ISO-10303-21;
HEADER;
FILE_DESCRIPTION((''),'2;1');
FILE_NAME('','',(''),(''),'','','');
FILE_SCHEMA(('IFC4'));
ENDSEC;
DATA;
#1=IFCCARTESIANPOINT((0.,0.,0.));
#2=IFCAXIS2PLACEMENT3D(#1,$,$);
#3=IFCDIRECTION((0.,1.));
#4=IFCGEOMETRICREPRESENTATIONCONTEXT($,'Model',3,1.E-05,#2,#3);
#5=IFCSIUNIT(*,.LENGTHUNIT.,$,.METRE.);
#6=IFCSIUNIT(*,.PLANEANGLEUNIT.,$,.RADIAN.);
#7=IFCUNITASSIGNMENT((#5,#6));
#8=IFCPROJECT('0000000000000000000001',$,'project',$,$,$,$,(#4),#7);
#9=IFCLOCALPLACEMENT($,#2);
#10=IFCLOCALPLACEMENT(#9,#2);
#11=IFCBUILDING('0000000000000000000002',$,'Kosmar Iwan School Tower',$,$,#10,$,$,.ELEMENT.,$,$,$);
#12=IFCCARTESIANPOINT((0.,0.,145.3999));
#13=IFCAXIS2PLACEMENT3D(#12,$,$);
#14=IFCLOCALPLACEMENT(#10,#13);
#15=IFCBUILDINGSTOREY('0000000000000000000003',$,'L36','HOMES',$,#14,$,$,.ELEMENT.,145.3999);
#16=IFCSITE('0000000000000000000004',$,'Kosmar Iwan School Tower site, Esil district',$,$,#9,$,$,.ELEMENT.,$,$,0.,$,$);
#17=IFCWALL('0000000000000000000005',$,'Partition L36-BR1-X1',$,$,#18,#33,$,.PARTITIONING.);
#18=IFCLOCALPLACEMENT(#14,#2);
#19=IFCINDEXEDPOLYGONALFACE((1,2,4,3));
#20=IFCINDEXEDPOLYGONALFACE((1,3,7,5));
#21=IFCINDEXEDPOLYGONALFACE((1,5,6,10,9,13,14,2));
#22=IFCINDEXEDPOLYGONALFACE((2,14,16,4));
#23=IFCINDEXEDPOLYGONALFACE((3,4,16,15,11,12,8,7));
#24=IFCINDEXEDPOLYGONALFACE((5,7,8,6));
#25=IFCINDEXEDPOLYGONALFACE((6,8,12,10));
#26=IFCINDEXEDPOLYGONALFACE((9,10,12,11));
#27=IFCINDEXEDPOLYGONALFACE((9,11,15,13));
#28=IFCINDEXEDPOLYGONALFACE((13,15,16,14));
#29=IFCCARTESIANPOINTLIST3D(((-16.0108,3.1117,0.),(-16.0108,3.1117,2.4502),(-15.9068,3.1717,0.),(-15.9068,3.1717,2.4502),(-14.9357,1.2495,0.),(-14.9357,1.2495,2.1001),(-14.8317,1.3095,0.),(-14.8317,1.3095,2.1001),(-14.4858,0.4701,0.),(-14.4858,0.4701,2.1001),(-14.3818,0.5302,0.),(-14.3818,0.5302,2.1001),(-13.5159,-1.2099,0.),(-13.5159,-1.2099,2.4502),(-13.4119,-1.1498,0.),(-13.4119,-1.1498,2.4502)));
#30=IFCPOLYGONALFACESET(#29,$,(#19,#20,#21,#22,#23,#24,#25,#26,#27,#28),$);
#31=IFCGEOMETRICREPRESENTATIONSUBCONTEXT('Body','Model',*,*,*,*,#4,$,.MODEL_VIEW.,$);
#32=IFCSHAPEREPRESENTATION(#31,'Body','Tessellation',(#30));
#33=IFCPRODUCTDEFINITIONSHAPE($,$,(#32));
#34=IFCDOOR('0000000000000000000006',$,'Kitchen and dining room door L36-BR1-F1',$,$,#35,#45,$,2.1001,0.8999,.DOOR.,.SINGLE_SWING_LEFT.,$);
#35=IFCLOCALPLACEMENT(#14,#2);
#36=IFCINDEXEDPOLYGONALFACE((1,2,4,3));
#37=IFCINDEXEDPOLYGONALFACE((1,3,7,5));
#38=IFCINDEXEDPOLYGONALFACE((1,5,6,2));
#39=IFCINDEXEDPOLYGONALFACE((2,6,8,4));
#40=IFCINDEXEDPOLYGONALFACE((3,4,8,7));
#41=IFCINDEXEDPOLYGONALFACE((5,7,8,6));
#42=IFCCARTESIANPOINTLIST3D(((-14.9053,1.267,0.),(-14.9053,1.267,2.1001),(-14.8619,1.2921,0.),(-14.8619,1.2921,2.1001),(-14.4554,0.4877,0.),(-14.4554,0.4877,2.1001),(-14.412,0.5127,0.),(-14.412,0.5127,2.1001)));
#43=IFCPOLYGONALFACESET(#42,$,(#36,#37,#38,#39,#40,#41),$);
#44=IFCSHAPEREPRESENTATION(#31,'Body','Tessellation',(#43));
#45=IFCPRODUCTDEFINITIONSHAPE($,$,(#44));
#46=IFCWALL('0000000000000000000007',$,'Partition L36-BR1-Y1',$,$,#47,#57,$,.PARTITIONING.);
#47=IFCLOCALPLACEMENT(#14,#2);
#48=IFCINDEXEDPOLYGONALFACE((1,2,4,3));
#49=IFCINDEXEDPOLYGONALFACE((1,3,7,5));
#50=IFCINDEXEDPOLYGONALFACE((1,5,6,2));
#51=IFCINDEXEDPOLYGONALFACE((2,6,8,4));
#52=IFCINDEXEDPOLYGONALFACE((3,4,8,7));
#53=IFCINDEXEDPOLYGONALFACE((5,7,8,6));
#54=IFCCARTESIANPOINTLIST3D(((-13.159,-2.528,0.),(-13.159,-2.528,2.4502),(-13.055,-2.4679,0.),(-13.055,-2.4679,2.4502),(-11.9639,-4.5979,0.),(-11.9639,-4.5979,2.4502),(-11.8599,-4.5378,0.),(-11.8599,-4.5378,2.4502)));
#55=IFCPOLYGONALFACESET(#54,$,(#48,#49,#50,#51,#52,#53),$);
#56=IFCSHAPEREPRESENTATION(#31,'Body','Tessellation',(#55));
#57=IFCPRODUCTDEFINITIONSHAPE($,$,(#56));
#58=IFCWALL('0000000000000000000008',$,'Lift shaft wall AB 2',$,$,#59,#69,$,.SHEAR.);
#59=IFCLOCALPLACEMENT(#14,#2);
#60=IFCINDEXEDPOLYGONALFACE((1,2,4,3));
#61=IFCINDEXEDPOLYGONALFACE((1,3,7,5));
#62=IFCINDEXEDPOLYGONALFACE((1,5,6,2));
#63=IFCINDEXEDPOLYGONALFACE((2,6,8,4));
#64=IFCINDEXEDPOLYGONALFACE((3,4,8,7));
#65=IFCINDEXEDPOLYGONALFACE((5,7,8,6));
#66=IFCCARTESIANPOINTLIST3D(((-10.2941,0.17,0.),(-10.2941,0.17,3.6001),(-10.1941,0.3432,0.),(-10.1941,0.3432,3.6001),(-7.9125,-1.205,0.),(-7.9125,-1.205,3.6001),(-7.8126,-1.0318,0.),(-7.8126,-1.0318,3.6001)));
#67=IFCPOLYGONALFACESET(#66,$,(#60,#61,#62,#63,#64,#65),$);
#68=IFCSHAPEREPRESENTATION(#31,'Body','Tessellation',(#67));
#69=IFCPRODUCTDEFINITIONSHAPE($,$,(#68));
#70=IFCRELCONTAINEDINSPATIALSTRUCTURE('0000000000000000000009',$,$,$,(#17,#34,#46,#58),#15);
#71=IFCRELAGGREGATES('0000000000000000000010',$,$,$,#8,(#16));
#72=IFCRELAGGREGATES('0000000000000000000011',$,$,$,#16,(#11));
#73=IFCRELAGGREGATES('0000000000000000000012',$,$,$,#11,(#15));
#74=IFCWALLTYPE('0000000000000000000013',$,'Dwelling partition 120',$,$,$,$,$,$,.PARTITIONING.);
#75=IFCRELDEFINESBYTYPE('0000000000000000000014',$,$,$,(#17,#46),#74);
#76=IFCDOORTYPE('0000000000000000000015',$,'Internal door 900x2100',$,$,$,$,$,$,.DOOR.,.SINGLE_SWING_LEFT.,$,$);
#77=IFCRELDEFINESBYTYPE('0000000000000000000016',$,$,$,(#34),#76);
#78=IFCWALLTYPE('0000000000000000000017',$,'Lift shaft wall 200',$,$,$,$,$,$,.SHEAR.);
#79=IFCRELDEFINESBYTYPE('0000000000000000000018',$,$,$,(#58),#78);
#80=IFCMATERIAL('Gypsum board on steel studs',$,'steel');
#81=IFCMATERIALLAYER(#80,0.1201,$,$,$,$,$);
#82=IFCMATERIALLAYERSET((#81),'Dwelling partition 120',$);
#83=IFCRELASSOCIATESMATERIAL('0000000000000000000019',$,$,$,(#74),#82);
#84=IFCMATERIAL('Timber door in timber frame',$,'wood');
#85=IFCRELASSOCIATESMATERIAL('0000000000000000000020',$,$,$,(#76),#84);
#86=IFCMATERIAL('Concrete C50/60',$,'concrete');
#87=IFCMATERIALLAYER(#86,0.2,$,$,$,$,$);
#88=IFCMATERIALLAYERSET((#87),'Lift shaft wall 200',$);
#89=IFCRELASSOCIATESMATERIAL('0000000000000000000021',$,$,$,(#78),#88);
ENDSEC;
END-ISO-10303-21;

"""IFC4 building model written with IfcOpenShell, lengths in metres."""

from ifc_helpers import new_model, si_unit, direction, frame, frame_2d, origin, place, context, subcontext, project, spatial, rectangle, extrude, material, layer, layer_set, type_object, element, fill, save


model = new_model("IFC4")

# Units and contexts
model_context = context("Model", 3, precision=1e-05, world=origin(), true_north=direction((0.0, 1.0)))
body_context = subcontext(model_context, "Body", "Model", "MODEL_VIEW")
ifc_project = project(units=[si_unit("LENGTHUNIT", "METRE"), si_unit("PLANEANGLEUNIT", "RADIAN")], contexts=[model_context])

# Site, building, storey
site_placement = place(None, origin())
site = spatial("IfcSite", under=ifc_project, at=site_placement, Name="Kosmar Iwan School Tower site, Esil district", CompositionType="ELEMENT", RefElevation=0.0)
building_placement = place(site_placement, origin())
building = spatial("IfcBuilding", under=site, at=building_placement, Name="Kosmar Iwan School Tower", CompositionType="ELEMENT")
storey_placement = place(building_placement, frame((0.0, 0.0, 145.3999)))
storey = spatial("IfcBuildingStorey", under=building, at=storey_placement, Name="L36", Description="HOMES", CompositionType="ELEMENT", Elevation=145.3999)

# Shared definitions
ifc_material_1 = material(Name="Gypsum board on steel studs", Category="steel")
ifc_layer_1 = layer(ifc_material_1, 0.1201)
ifc_layer_set_1 = layer_set([ifc_layer_1], Name="Dwelling partition 120")
wall_type_1 = type_object("IfcWallType", Name="Dwelling partition 120", PredefinedType="PARTITIONING", material=ifc_layer_set_1)
ifc_material_2 = material(Name="Timber door in timber frame", Category="wood")
door_type_1 = type_object("IfcDoorType", Name="Internal door 900x2100", OperationType="SINGLE_SWING_LEFT", PredefinedType="DOOR", material=ifc_material_2)

# Wall, opening, door
wall_1_placement = place(storey_placement, frame((-13.4639, -1.1799, 0.0), z_axis=(0.0, 0.0, 1.0), x_axis=(-0.499975, 0.86604, 0.0)))
wall_1 = element("IfcWall", 1, at=wall_1_placement, inside=storey, type_object=wall_type_1, Name="Partition L36-BR1-X1", PredefinedType="PARTITIONING", context=body_context, shape_type="SweptSolid", body=[
    extrude(rectangle(XDim=4.99, YDim=0.1201, at=frame_2d((2.4951, 0.0))), origin(), (0.0, 0.0, 1.0), 2.4502),
])
opening_1_placement = place(wall_1_placement, frame((1.9399, 0.0, 0.0)))
opening_1 = element("IfcOpeningElement", 2, at=opening_1_placement, cuts=wall_1, PredefinedType="OPENING", context=body_context, shape_type="SweptSolid", body=[
    extrude(rectangle(XDim=0.8999, YDim=2.1001, at=frame_2d((0.45, 1.05))), frame((0.0, 0.072, 0.0), z_axis=(0.0, -1.0, 0.0), x_axis=(1.0, 0.0, 0.0)), (0.0, 0.0, 1.0), 0.144),
])
door_1_placement = place(opening_1_placement, origin())
door_1 = element("IfcDoor", 3, at=door_1_placement, inside=storey, type_object=door_type_1, Name="Kitchen and dining room door L36-BR1-F1", OperationType="SINGLE_SWING_LEFT", OverallHeight=2.1001, OverallWidth=0.8999, PredefinedType="DOOR", context=body_context, shape_type="SweptSolid", body=[
    extrude(rectangle(XDim=0.8999, YDim=2.1001, at=frame_2d((0.45, 1.05))), frame((0.0, 0.0249, 0.0), z_axis=(0.0, -1.0, 0.0), x_axis=(1.0, 0.0, 0.0)), (0.0, 0.0, 1.0), 0.05),
])
fill(opening_1, door_1)

# Walls
wall_2_placement = place(storey_placement, frame((-11.9119, -4.5679, 0.0), z_axis=(0.0, 0.0, 1.0), x_axis=(-0.500017, 0.866015, 0.0)))
element("IfcWall", 4, at=wall_2_placement, inside=storey, type_object=wall_type_1, Name="Partition L36-BR1-Y1", PredefinedType="PARTITIONING", context=body_context, shape_type="SweptSolid", body=[
    extrude(rectangle(XDim=2.3901, YDim=0.1201, at=frame_2d((1.1951, 0.0))), origin(), (0.0, 0.0, 1.0), 2.4502),
])
ifc_material_3 = material(Name="Concrete C50/60", Category="concrete")
ifc_layer_2 = layer(ifc_material_3, 0.2)
ifc_layer_set_2 = layer_set([ifc_layer_2], Name="Lift shaft wall 200")
wall_type_2 = type_object("IfcWallType", Name="Lift shaft wall 200", PredefinedType="SHEAR", material=ifc_layer_set_2)
wall_3_placement = place(storey_placement, frame((-7.8625, -1.1184, 0.0), z_axis=(0.0, 0.0, 1.0), x_axis=(-0.866027, 0.499997, 0.0)))
element("IfcWall", 5, at=wall_3_placement, inside=storey, type_object=wall_type_2, Name="Lift shaft wall AB 2", PredefinedType="SHEAR", context=body_context, shape_type="SweptSolid", body=[
    extrude(rectangle(XDim=2.75, YDim=0.2, at=frame_2d((1.375, 0.0))), origin(), (0.0, 0.0, 1.0), 3.6001),
])

save(model, "model.ifc")
